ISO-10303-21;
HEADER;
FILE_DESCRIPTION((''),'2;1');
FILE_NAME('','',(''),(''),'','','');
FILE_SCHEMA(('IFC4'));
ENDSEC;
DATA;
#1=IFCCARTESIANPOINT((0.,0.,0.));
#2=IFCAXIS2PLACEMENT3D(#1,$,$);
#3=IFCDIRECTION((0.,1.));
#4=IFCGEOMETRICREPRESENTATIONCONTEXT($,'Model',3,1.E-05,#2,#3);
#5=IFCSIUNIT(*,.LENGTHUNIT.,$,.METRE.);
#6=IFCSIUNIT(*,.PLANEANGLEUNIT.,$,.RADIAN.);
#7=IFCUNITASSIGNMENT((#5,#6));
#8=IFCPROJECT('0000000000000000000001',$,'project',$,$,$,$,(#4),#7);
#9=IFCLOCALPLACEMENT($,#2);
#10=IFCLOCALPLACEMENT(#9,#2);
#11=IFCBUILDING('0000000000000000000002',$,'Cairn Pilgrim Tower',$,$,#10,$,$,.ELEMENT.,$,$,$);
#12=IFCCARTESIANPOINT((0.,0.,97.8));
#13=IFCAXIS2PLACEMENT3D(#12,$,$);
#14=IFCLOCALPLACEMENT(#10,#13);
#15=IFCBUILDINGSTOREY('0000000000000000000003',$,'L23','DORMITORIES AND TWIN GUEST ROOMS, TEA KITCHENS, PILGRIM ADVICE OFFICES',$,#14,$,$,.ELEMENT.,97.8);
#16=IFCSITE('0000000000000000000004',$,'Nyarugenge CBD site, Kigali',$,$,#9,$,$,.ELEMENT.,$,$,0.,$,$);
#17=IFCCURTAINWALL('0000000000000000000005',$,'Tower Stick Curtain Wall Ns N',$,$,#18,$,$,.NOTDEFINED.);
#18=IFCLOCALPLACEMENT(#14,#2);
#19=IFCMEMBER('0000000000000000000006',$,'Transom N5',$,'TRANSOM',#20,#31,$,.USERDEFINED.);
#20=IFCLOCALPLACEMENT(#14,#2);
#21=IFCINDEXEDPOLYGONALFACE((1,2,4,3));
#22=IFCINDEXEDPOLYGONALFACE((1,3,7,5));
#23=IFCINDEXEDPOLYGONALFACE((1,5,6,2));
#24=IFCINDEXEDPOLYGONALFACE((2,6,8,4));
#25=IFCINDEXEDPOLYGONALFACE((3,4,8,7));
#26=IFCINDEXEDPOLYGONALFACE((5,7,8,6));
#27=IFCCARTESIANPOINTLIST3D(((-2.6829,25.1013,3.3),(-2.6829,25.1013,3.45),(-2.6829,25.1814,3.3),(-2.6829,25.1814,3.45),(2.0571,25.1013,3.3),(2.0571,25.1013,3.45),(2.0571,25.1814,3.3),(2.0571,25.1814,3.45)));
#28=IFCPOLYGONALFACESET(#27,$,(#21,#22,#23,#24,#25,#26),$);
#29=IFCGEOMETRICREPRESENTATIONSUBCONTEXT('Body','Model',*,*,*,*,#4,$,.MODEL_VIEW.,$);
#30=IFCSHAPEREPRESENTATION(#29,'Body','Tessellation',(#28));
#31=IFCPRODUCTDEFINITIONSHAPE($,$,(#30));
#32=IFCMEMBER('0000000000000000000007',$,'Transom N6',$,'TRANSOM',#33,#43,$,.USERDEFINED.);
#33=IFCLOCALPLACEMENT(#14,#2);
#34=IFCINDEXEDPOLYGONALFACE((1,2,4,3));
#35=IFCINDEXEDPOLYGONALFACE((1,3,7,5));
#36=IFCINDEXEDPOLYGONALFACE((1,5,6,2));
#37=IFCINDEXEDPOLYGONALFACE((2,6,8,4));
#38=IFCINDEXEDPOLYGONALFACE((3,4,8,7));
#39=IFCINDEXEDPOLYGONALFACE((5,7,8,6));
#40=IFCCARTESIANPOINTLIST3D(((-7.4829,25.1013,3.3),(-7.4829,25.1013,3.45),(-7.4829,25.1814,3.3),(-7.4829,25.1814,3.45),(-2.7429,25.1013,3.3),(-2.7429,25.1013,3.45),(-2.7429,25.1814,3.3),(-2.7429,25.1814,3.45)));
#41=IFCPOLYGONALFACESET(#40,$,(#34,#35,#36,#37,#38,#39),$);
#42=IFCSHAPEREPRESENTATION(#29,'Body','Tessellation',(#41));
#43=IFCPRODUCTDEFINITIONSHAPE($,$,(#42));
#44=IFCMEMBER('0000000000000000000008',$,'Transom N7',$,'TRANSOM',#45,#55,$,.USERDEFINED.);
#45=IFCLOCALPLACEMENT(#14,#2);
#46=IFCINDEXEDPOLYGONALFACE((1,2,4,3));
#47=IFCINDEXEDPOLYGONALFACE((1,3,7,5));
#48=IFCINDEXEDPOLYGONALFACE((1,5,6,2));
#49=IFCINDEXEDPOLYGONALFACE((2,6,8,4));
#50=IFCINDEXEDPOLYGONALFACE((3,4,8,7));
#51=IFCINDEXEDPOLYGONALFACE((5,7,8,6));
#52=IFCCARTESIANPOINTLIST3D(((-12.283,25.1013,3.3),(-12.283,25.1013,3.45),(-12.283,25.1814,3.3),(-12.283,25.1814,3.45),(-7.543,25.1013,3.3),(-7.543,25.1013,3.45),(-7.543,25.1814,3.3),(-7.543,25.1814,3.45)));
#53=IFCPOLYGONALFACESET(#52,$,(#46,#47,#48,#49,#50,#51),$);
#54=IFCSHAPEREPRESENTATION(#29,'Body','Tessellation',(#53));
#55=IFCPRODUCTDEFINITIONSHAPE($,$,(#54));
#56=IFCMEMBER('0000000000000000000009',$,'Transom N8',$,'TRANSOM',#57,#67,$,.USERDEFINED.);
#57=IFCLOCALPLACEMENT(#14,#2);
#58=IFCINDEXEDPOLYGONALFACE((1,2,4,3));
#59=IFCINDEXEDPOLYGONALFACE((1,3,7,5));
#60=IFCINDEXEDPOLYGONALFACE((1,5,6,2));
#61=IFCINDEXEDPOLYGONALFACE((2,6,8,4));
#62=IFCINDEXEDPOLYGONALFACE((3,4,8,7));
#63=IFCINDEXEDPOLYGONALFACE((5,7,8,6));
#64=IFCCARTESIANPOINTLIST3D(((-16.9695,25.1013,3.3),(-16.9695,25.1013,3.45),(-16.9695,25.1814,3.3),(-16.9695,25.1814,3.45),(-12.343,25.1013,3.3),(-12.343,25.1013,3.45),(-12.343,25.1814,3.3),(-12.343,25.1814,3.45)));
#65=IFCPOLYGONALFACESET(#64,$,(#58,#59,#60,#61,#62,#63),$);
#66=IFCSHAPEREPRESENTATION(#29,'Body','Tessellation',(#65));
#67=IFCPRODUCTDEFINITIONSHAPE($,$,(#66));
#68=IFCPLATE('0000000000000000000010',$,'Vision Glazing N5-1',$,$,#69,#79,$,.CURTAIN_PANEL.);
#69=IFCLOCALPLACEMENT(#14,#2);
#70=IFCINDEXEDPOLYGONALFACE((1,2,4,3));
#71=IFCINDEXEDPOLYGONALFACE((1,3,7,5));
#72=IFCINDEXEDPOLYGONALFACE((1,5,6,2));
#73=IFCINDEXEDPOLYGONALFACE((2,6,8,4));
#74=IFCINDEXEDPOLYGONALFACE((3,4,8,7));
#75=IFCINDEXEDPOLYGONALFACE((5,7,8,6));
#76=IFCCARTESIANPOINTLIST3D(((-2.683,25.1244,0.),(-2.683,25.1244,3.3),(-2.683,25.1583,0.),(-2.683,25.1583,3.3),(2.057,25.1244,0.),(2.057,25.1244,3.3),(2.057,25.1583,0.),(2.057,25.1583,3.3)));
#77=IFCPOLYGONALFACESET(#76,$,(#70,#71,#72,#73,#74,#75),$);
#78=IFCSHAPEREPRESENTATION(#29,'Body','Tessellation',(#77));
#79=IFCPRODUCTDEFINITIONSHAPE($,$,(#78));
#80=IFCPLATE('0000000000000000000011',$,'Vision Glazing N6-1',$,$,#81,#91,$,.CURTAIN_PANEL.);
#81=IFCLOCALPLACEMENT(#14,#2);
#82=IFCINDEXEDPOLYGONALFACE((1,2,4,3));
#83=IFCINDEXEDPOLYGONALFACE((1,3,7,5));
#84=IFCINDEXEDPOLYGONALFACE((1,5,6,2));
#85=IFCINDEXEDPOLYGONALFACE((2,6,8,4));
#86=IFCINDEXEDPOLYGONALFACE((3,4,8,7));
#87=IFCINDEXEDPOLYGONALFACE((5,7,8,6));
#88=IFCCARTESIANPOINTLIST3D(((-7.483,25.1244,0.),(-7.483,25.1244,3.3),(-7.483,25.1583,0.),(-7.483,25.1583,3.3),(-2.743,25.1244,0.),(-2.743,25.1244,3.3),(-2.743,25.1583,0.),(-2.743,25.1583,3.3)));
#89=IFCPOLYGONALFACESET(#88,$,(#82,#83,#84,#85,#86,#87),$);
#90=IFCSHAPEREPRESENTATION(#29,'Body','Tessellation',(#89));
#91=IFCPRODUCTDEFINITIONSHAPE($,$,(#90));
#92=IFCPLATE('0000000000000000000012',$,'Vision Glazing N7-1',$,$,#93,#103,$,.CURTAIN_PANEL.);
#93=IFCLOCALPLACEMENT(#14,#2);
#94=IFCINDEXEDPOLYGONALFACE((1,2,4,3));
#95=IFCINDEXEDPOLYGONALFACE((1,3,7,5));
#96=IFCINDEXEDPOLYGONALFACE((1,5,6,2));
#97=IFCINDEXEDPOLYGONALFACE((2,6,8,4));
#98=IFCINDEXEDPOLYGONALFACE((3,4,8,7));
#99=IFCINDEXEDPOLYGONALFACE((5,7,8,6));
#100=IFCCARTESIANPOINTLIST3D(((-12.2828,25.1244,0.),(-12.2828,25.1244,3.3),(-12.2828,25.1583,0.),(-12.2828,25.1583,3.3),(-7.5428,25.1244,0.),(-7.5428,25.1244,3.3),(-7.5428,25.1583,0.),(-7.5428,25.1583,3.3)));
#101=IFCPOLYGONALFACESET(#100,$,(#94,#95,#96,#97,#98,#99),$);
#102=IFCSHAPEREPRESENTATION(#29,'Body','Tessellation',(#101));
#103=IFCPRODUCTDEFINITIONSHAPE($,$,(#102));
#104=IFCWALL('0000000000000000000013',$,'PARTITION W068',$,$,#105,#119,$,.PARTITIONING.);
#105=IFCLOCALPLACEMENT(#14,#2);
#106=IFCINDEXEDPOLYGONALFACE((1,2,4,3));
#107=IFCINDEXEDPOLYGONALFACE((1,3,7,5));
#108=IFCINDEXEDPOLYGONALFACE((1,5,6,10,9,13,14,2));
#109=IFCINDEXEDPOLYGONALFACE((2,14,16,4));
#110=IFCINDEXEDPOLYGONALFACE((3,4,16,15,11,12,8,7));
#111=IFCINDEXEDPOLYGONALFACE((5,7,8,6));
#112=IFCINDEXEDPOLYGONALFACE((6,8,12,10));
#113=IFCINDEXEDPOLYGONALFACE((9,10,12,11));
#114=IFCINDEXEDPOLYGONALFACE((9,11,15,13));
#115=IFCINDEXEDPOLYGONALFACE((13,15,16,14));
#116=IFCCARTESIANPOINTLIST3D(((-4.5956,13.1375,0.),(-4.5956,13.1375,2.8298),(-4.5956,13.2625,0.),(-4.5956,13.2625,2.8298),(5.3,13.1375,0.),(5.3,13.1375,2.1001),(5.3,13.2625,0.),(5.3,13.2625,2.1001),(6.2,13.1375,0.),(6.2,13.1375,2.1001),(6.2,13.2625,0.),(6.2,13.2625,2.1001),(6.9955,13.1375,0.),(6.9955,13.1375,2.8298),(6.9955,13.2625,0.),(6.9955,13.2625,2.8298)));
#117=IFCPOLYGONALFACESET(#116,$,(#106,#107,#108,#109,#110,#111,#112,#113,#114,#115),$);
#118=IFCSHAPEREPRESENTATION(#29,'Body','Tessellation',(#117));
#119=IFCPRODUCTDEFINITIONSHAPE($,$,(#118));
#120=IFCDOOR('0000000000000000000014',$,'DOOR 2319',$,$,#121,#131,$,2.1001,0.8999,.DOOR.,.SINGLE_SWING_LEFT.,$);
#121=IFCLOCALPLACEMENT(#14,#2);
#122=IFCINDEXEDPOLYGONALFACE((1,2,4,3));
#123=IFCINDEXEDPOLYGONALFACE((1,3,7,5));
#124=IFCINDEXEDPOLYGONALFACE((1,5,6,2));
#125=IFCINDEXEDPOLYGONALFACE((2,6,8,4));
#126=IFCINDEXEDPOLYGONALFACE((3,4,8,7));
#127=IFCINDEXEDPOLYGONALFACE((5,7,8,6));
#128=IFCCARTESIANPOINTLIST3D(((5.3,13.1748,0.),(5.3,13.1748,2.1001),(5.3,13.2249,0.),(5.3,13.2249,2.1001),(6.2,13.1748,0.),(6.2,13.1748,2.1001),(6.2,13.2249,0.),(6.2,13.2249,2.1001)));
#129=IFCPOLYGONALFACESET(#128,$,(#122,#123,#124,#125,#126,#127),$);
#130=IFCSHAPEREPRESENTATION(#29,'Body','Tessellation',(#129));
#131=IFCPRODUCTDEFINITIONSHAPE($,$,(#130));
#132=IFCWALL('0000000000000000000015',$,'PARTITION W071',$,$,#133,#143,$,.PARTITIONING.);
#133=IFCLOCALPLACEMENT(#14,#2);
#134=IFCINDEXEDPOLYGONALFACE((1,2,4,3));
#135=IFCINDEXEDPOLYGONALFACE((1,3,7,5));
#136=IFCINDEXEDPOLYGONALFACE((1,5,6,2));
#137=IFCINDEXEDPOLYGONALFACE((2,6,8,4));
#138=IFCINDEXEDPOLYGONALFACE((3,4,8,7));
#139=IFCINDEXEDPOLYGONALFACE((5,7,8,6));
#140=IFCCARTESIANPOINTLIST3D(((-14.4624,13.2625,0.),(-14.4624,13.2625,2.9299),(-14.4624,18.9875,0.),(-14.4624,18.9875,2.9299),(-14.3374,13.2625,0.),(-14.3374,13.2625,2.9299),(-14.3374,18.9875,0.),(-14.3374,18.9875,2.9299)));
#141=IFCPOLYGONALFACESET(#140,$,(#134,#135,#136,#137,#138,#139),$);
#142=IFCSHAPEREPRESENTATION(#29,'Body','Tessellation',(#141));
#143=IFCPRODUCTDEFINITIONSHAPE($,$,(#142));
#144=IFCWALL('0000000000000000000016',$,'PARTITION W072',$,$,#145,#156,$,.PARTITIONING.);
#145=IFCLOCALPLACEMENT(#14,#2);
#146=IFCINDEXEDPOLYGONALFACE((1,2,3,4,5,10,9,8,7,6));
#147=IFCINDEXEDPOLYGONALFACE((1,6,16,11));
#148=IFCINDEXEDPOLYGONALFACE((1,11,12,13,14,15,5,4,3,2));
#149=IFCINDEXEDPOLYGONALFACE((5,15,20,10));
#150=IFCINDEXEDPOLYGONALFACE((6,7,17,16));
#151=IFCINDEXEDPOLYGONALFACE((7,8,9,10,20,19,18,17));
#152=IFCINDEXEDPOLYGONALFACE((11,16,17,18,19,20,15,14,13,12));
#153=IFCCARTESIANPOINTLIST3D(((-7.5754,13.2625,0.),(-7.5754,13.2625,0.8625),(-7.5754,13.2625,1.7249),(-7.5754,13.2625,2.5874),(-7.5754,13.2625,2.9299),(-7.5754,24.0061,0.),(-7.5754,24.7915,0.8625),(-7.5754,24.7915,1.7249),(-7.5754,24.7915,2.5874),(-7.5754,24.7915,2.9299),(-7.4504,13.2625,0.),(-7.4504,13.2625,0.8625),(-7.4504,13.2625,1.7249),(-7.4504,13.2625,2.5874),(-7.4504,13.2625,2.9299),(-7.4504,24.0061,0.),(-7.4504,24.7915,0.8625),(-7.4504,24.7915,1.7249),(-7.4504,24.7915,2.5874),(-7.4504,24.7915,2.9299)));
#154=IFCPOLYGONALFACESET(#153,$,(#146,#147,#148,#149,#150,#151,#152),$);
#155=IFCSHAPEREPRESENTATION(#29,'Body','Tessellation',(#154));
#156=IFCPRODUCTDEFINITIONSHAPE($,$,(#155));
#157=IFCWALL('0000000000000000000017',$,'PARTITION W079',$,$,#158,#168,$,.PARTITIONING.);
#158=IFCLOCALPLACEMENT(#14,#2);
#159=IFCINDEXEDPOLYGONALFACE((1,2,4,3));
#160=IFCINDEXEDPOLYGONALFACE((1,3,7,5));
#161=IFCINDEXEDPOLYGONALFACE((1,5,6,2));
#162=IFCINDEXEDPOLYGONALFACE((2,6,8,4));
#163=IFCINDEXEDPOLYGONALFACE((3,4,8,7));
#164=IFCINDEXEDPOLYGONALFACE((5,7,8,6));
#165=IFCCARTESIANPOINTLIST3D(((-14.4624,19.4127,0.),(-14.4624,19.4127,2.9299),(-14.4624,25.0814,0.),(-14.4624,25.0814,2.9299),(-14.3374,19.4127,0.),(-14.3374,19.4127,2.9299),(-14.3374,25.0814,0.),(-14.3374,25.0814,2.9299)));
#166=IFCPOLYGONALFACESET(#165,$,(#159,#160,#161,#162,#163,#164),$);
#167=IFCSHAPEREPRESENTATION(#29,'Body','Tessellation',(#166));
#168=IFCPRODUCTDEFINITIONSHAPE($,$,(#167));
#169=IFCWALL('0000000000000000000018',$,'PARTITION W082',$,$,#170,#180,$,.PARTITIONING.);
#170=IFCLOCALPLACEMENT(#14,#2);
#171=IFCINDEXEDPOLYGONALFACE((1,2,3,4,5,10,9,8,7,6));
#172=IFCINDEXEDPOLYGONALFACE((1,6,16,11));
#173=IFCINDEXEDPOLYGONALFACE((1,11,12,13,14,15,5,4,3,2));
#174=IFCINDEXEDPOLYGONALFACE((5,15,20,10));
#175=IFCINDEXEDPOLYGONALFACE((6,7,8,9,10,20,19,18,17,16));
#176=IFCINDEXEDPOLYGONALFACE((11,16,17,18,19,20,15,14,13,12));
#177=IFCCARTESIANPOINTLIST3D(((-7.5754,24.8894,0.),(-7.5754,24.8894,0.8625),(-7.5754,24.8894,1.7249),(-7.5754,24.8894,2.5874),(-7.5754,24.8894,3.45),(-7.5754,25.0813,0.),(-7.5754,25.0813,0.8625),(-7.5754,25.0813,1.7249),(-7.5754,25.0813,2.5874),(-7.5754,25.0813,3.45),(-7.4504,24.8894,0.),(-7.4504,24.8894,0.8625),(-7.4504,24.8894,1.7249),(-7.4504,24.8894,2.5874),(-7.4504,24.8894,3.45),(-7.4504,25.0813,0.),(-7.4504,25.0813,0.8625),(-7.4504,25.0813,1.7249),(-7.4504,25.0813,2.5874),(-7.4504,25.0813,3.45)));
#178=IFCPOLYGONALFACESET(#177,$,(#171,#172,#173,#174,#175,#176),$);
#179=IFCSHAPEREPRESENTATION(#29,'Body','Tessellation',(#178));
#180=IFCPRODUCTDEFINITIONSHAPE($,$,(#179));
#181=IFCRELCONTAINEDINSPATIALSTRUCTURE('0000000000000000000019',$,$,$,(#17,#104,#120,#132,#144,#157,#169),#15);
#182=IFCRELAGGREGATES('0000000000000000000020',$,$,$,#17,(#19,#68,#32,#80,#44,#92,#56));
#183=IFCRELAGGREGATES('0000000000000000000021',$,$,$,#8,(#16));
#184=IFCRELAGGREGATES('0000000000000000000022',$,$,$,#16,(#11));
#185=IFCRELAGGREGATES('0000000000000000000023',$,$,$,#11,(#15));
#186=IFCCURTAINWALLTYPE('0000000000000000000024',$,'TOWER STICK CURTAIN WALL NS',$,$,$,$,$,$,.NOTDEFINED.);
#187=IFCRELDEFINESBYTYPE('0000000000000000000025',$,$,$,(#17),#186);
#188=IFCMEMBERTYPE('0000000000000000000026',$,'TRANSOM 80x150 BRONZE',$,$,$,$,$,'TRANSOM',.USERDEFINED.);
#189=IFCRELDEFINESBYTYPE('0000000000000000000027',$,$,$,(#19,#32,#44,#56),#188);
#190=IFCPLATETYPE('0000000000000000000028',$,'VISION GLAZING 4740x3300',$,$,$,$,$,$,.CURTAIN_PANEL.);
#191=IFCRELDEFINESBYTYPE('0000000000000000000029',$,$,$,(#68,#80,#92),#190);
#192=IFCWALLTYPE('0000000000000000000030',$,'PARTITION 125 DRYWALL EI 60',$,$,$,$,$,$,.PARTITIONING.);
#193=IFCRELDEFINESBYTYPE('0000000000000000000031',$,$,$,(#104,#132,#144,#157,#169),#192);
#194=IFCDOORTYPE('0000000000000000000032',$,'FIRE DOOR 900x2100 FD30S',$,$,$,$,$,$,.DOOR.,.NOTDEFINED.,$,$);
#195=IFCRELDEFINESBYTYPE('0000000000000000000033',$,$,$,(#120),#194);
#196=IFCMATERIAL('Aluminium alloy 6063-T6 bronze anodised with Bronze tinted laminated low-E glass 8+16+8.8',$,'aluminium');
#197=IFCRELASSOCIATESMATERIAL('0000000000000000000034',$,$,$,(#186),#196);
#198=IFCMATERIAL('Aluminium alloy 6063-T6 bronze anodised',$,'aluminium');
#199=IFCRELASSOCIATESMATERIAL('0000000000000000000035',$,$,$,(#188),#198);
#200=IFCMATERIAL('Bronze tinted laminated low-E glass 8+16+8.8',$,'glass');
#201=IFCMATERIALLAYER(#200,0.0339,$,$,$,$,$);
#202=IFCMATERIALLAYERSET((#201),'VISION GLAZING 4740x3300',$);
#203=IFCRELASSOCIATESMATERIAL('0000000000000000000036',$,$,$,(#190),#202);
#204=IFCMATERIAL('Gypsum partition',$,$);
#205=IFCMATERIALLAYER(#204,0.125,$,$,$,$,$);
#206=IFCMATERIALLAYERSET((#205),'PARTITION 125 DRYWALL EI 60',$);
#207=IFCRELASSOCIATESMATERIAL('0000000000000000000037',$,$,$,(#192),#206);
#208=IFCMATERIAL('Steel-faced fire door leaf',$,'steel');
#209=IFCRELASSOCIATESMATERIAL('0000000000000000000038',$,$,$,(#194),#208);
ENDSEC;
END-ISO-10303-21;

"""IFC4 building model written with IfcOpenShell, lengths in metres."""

from ifc_helpers import new_model, si_unit, direction, frame, frame_2d, origin, origin_2d, place, context, subcontext, project, spatial, polyline, rectangle, outline, extrude, material, layer, layer_set, material_profile, profile_set, type_object, element, fill, aggregate, save


model = new_model("IFC4")

# Units and contexts
model_context = context("Model", 3, precision=1e-05, world=origin(), true_north=direction((0.0, 1.0)))
body_context = subcontext(model_context, "Body", "Model", "MODEL_VIEW")
ifc_project = project(units=[si_unit("LENGTHUNIT", "METRE"), si_unit("PLANEANGLEUNIT", "RADIAN")], contexts=[model_context])

# Site, building, storey
site_placement = place(None, origin())
site = spatial("IfcSite", under=ifc_project, at=site_placement, Name="Nyarugenge CBD site, Kigali", CompositionType="ELEMENT", RefElevation=0.0)
building_placement = place(site_placement, origin())
building = spatial("IfcBuilding", under=site, at=building_placement, Name="Cairn Pilgrim Tower", CompositionType="ELEMENT")
storey_placement = place(building_placement, frame((0.0, 0.0, 97.8)))
storey = spatial("IfcBuildingStorey", under=building, at=storey_placement, Name="L23", Description="DORMITORIES AND TWIN GUEST ROOMS, TEA KITCHENS, PILGRIM ADVICE OFFICES", CompositionType="ELEMENT", Elevation=97.8)

# Curtain wall
ifc_material_1 = material(Name="Aluminium alloy 6063-T6 bronze anodised with Bronze tinted laminated low-E glass 8+16+8.8", Category="aluminium")
curtain_wall_type = type_object("IfcCurtainWallType", Name="TOWER STICK CURTAIN WALL NS", PredefinedType="NOTDEFINED", material=ifc_material_1)
curtain_wall_placement = place(storey_placement, origin())
curtain_wall = element("IfcCurtainWall", 1, at=curtain_wall_placement, inside=storey, type_object=curtain_wall_type, Name="Tower Stick Curtain Wall Ns N", PredefinedType="NOTDEFINED")
ifc_material_2 = material(Name="Aluminium alloy 6063-T6 bronze anodised", Category="aluminium")

# Members
ifc_material_profile_1 = material_profile(ifc_material_2, rectangle(XDim=0.0801, YDim=0.1499, at=origin_2d()), Name="TRANSOM 80x150 BRONZE")
ifc_profile_set_1 = profile_set([ifc_material_profile_1], Name="Aluminium alloy 6063-T6 bronze anodised")
member_type_1 = type_object("IfcMemberType", Name="TRANSOM 80x150 BRONZE", ElementType="TRANSOM", PredefinedType="USERDEFINED", material=ifc_profile_set_1)
member_1_placement = place(storey_placement, frame((2.0571, 25.1414, 3.375), z_axis=(-1.0, 0.0, 0.0), x_axis=(0.0, -1.0, 0.0)))
member_1 = element("IfcMember", 2, at=member_1_placement, type_object=member_type_1, Name="Transom N5", ObjectType="TRANSOM", PredefinedType="USERDEFINED", context=body_context, shape_type="SweptSolid", body=[
    extrude(rectangle(XDim=0.0801, YDim=0.1499, at=origin_2d()), origin(), (0.0, 0.0, 1.0), 4.74),
])
member_2_placement = place(storey_placement, frame((-2.7429, 25.1414, 3.375), z_axis=(-1.0, 0.0, 0.0), x_axis=(0.0, -1.0, 0.0)))
member_2 = element("IfcMember", 3, at=member_2_placement, type_object=member_type_1, Name="Transom N6", ObjectType="TRANSOM", PredefinedType="USERDEFINED", context=body_context, shape_type="SweptSolid", body=[
    extrude(rectangle(XDim=0.0801, YDim=0.1499, at=origin_2d()), origin(), (0.0, 0.0, 1.0), 4.74),
])
member_3_placement = place(storey_placement, frame((-7.543, 25.1414, 3.375), z_axis=(-1.0, 0.0, 0.0), x_axis=(0.0, -1.0, 0.0)))
member_3 = element("IfcMember", 4, at=member_3_placement, type_object=member_type_1, Name="Transom N7", ObjectType="TRANSOM", PredefinedType="USERDEFINED", context=body_context, shape_type="SweptSolid", body=[
    extrude(rectangle(XDim=0.0801, YDim=0.1499, at=origin_2d()), origin(), (0.0, 0.0, 1.0), 4.74),
])
member_4_placement = place(storey_placement, frame((-12.343, 25.1414, 3.375), z_axis=(-1.0, 0.0, 0.0), x_axis=(0.0, -1.0, 0.0)))
member_4 = element("IfcMember", 5, at=member_4_placement, type_object=member_type_1, Name="Transom N8", ObjectType="TRANSOM", PredefinedType="USERDEFINED", context=body_context, shape_type="SweptSolid", body=[
    extrude(rectangle(XDim=0.0801, YDim=0.1499, at=origin_2d()), origin(), (0.0, 0.0, 1.0), 4.6265),
])

# Plates
ifc_material_3 = material(Name="Bronze tinted laminated low-E glass 8+16+8.8", Category="glass")
ifc_layer_1 = layer(ifc_material_3, 0.0339)
ifc_layer_set_1 = layer_set([ifc_layer_1], Name="VISION GLAZING 4740x3300")
plate_type = type_object("IfcPlateType", Name="VISION GLAZING 4740x3300", PredefinedType="CURTAIN_PANEL", material=ifc_layer_set_1)
plate_1_placement = place(storey_placement, frame((-0.313, 25.1414, 0.0), z_axis=(0.0, 0.0, 1.0), x_axis=(-1.0, 0.0, 0.0)))
plate_1 = element("IfcPlate", 6, at=plate_1_placement, type_object=plate_type, Name="Vision Glazing N5-1", PredefinedType="CURTAIN_PANEL", context=body_context, shape_type="SweptSolid", body=[
    extrude(rectangle(XDim=4.74, YDim=0.0339, at=origin_2d()), origin(), (0.0, 0.0, 1.0), 3.3),
])
plate_2_placement = place(storey_placement, frame((-5.113, 25.1414, 0.0), z_axis=(0.0, 0.0, 1.0), x_axis=(-1.0, 0.0, 0.0)))
plate_2 = element("IfcPlate", 7, at=plate_2_placement, type_object=plate_type, Name="Vision Glazing N6-1", PredefinedType="CURTAIN_PANEL", context=body_context, shape_type="SweptSolid", body=[
    extrude(rectangle(XDim=4.74, YDim=0.0339, at=origin_2d()), origin(), (0.0, 0.0, 1.0), 3.3),
])
plate_3_placement = place(storey_placement, frame((-9.9128, 25.1414, 0.0), z_axis=(0.0, 0.0, 1.0), x_axis=(-1.0, 0.0, 0.0)))
plate_3 = element("IfcPlate", 8, at=plate_3_placement, type_object=plate_type, Name="Vision Glazing N7-1", PredefinedType="CURTAIN_PANEL", context=body_context, shape_type="SweptSolid", body=[
    extrude(rectangle(XDim=4.74, YDim=0.0339, at=origin_2d()), origin(), (0.0, 0.0, 1.0), 3.3),
])
aggregate(curtain_wall, [member_1, plate_1, member_2, plate_2, member_3, plate_3, member_4])

# Wall, opening, door
ifc_material_4 = material(Name="Gypsum partition")
ifc_layer_2 = layer(ifc_material_4, 0.125)
ifc_layer_set_2 = layer_set([ifc_layer_2], Name="PARTITION 125 DRYWALL EI 60")
wall_type_1 = type_object("IfcWallType", Name="PARTITION 125 DRYWALL EI 60", PredefinedType="PARTITIONING", material=ifc_layer_set_2)
wall_1_placement = place(storey_placement, frame((-4.5955, 13.2, 0.0), z_axis=(0.0, 0.0, 1.0), x_axis=(1.0, 0.0, 0.0)))
wall_1 = element("IfcWall", 9, at=wall_1_placement, inside=storey, type_object=wall_type_1, Name="PARTITION W068", PredefinedType="PARTITIONING", context=body_context, shape_type="SweptSolid", body=[
    extrude(rectangle(XDim=11.5911, YDim=0.125, at=frame_2d((5.7954, 0.0))), origin(), (0.0, 0.0, 1.0), 2.8298),
])
opening_placement = place(wall_1_placement, frame((9.8955, 0.0, 0.0)))
opening = element("IfcOpeningElement", 10, at=opening_placement, cuts=wall_1, PredefinedType="OPENING", context=body_context, shape_type="SweptSolid", body=[
    extrude(rectangle(XDim=0.8999, YDim=2.1001, at=frame_2d((0.45, 1.05))), frame((0.0, 0.0725, 0.0), z_axis=(0.0, -1.0, 0.0), x_axis=(1.0, 0.0, 0.0)), (0.0, 0.0, 1.0), 0.145),
])
ifc_material_5 = material(Name="Steel-faced fire door leaf", Category="steel")
door_type = type_object("IfcDoorType", Name="FIRE DOOR 900x2100 FD30S", OperationType="NOTDEFINED", PredefinedType="DOOR", material=ifc_material_5)
door_placement = place(opening_placement, origin())
door = element("IfcDoor", 11, at=door_placement, inside=storey, type_object=door_type, Name="DOOR 2319", OperationType="SINGLE_SWING_LEFT", OverallHeight=2.1001, OverallWidth=0.8999, PredefinedType="DOOR", context=body_context, shape_type="SweptSolid", body=[
    extrude(rectangle(XDim=0.8999, YDim=2.1001, at=frame_2d((0.45, 1.05))), frame((0.0, 0.0249, 0.0), z_axis=(0.0, -1.0, 0.0), x_axis=(1.0, 0.0, 0.0)), (0.0, 0.0, 1.0), 0.05),
])
fill(opening, door)

# Walls
wall_2_placement = place(storey_placement, frame((-14.3999, 13.2625, 0.0), z_axis=(0.0, 0.0, 1.0), x_axis=(0.0, 1.0, 0.0)))
element("IfcWall", 12, at=wall_2_placement, inside=storey, type_object=wall_type_1, Name="PARTITION W071", PredefinedType="PARTITIONING", context=body_context, shape_type="SweptSolid", body=[
    extrude(rectangle(XDim=5.7251, YDim=0.125, at=frame_2d((2.8625, 0.0))), origin(), (0.0, 0.0, 1.0), 2.9299),
])
wall_3_placement = place(storey_placement, frame((-7.5129, 13.2625, 0.0), z_axis=(0.0, 0.0, 1.0), x_axis=(0.0, 1.0, 0.0)))
element("IfcWall", 13, at=wall_3_placement, inside=storey, type_object=wall_type_1, Name="PARTITION W072", PredefinedType="PARTITIONING", context=body_context, shape_type="SweptSolid", body=[
    extrude(outline(polyline([(0.0, 0.0), (10.7437, 0.0), (11.5291, 0.8625), (11.5291, 1.7249), (11.5291, 2.5874), (11.5291, 2.9299), (0.0, 2.9299), (0.0, 2.5874), (0.0, 1.7249), (0.0, 0.8625), (0.0, 0.0)])), frame((0.0, 0.0625, 0.0), z_axis=(0.0, -1.0, 0.0), x_axis=(1.0, 0.0, 0.0)), (0.0, 0.0, 1.0), 0.125),
])
wall_4_placement = place(storey_placement, frame((-14.3999, 19.4126, 0.0), z_axis=(0.0, 0.0, 1.0), x_axis=(0.0, 1.0, 0.0)))
element("IfcWall", 14, at=wall_4_placement, inside=storey, type_object=wall_type_1, Name="PARTITION W079", PredefinedType="PARTITIONING", context=body_context, shape_type="SweptSolid", body=[
    extrude(rectangle(XDim=5.6687, YDim=0.125, at=frame_2d((2.8345, 0.0))), origin(), (0.0, 0.0, 1.0), 2.9299),
])
wall_5_placement = place(storey_placement, frame((-7.5129, 24.8894, 0.0), z_axis=(0.0, 0.0, 1.0), x_axis=(0.0, 1.0, 0.0)))
element("IfcWall", 15, at=wall_5_placement, inside=storey, type_object=wall_type_1, Name="PARTITION W082", PredefinedType="PARTITIONING", context=body_context, shape_type="SweptSolid", body=[
    extrude(outline(polyline([(0.0, 0.0), (0.1919, 0.0), (0.1919, 0.8625), (0.1919, 1.7249), (0.1919, 2.5874), (0.1919, 3.45), (0.0, 3.45), (0.0, 2.5874), (0.0, 1.7249), (0.0, 0.8625), (0.0, 0.0)])), frame((0.0, 0.0625, 0.0), z_axis=(0.0, -1.0, 0.0), x_axis=(1.0, 0.0, 0.0)), (0.0, 0.0, 1.0), 0.125),
])

save(model, "model.ifc")
